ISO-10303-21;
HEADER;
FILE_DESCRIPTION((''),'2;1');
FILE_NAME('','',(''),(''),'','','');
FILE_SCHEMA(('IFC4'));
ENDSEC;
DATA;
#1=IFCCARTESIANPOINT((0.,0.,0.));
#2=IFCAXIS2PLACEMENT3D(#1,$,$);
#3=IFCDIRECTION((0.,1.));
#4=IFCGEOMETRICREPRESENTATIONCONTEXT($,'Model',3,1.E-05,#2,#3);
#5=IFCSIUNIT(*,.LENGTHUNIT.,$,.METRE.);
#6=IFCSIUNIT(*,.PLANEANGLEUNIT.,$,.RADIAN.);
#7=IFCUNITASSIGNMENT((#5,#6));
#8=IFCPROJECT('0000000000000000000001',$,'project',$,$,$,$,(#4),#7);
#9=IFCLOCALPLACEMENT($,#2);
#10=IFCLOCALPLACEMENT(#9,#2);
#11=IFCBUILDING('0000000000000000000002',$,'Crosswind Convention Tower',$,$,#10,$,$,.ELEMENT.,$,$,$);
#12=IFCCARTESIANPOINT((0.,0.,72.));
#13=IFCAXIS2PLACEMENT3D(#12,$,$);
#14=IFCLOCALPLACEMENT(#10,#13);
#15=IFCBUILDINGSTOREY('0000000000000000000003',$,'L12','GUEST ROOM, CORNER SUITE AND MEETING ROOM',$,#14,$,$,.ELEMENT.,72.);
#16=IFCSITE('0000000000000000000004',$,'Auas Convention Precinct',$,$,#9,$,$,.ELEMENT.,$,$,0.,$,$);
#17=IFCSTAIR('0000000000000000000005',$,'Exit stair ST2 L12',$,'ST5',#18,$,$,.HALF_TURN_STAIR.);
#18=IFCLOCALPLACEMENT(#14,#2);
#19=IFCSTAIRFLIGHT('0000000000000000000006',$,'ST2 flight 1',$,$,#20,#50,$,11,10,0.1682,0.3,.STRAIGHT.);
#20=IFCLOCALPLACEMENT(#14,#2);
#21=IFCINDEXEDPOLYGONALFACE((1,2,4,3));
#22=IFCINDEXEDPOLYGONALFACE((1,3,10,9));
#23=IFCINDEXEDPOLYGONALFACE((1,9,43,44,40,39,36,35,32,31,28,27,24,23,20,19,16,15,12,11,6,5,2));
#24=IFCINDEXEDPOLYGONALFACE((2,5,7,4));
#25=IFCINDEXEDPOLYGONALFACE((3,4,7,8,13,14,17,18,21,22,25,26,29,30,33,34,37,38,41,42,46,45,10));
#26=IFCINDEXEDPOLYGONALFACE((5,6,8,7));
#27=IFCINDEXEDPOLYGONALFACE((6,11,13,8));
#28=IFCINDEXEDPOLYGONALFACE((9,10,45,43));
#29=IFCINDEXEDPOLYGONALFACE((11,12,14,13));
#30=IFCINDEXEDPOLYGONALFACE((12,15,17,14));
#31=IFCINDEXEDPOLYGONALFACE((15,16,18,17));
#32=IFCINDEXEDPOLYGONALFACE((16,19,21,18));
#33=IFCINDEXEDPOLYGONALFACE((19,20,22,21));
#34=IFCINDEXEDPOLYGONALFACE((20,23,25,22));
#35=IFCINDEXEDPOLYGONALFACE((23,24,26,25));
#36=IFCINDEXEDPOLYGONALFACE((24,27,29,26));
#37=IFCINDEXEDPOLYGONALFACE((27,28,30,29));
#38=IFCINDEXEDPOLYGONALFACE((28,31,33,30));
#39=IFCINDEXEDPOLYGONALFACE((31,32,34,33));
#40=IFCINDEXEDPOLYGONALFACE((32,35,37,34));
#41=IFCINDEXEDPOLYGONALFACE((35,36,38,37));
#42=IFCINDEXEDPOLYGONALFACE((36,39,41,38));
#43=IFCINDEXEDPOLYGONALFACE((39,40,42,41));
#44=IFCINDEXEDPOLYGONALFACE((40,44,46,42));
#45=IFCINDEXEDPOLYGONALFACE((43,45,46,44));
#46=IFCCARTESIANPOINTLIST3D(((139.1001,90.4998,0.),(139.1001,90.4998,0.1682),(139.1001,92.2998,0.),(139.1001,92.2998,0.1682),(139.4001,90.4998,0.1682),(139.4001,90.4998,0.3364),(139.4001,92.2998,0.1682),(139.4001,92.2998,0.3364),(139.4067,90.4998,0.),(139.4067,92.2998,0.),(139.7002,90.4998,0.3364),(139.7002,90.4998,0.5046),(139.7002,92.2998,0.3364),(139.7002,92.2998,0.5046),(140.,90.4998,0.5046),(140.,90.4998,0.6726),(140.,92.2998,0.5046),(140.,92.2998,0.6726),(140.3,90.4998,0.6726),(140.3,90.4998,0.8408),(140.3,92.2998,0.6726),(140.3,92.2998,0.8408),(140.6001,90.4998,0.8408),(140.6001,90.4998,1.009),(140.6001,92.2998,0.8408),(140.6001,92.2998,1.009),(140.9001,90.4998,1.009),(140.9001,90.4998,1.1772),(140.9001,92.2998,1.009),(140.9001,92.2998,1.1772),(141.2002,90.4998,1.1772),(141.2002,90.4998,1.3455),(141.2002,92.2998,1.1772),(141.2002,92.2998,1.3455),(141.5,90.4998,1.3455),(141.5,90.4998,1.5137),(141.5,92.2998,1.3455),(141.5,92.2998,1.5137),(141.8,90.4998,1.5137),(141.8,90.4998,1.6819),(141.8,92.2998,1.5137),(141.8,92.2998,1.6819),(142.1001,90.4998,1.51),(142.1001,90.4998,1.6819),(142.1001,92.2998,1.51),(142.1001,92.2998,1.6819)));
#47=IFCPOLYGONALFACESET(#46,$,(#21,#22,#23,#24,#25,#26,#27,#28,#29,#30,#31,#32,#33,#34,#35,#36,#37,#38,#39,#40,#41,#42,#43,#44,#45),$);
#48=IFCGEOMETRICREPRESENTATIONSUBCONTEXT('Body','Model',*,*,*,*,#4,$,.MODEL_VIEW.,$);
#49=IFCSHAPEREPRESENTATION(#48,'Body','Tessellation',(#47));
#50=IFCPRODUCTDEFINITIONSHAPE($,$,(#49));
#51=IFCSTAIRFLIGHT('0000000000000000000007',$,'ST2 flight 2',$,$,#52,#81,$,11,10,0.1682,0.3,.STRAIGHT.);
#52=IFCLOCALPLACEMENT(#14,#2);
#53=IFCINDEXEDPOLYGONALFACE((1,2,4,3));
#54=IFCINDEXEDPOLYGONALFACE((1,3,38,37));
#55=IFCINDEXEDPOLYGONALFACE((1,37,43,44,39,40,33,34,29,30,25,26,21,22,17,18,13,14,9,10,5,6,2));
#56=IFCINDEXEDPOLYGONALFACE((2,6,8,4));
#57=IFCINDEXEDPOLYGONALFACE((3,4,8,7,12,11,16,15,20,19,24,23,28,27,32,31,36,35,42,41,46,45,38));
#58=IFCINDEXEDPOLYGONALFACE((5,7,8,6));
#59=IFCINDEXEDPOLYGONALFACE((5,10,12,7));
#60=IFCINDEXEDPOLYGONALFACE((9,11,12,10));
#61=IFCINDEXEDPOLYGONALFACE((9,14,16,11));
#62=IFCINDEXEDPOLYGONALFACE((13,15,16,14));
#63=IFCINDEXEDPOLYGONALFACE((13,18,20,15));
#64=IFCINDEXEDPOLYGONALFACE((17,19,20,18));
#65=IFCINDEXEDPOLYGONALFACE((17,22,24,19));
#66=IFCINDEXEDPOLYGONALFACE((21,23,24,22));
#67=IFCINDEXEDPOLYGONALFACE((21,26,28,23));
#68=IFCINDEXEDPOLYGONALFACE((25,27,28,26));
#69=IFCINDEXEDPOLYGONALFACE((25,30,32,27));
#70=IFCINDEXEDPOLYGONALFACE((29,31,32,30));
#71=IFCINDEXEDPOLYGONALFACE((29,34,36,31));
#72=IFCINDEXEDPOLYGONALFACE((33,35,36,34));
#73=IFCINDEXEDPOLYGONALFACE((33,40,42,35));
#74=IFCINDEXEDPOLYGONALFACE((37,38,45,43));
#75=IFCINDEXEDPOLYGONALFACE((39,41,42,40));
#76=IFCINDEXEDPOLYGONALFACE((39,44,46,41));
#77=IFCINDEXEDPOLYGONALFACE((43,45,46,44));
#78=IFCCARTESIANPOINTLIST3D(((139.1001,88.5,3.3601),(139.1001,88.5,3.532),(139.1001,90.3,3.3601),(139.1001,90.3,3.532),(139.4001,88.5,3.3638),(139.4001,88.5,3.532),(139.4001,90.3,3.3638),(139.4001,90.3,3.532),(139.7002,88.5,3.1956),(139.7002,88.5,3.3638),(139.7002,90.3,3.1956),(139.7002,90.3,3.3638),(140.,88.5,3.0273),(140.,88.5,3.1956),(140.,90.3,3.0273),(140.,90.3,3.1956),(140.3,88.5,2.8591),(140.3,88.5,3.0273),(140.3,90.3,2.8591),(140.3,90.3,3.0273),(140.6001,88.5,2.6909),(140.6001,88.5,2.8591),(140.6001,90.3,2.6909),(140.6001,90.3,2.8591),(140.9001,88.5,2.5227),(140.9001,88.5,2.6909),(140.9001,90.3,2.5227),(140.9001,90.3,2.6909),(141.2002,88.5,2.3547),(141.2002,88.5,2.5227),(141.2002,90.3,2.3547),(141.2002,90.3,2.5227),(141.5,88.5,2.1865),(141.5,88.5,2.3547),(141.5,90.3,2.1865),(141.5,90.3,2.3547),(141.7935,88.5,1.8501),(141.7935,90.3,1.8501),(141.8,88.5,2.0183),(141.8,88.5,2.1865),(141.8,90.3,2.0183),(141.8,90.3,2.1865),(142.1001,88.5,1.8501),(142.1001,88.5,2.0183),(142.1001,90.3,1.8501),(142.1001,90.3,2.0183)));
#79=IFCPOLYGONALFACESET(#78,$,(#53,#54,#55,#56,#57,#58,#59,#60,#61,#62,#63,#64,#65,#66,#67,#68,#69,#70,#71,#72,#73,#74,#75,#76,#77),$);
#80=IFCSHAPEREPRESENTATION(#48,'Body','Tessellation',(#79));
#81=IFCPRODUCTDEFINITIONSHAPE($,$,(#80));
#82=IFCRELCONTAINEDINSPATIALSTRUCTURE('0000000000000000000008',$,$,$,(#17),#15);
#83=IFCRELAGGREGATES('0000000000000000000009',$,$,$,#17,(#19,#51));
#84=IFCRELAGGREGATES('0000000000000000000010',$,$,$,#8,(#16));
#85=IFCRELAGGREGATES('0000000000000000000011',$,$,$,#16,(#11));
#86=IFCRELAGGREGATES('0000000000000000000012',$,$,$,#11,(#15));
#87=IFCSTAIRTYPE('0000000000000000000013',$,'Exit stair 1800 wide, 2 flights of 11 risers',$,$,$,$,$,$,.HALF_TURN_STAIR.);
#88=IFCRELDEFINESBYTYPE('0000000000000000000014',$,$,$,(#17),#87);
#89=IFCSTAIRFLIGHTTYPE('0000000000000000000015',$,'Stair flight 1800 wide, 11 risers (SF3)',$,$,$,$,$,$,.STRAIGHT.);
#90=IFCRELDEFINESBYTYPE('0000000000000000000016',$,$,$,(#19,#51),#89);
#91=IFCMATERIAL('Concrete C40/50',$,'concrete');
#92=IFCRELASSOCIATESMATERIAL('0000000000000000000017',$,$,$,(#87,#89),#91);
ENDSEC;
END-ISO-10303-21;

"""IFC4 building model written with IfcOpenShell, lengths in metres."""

from ifc_helpers import new_model, si_unit, direction, frame, origin, place, context, subcontext, project, spatial, polyline, outline, extrude, material, type_object, element, aggregate, save


model = new_model("IFC4")

# Units and contexts
model_context = context("Model", 3, precision=1e-05, world=origin(), true_north=direction((0.0, 1.0)))
body_context = subcontext(model_context, "Body", "Model", "MODEL_VIEW")
ifc_project = project(units=[si_unit("LENGTHUNIT", "METRE"), si_unit("PLANEANGLEUNIT", "RADIAN")], contexts=[model_context])

# Site, building, storey
site_placement = place(None, origin())
site = spatial("IfcSite", under=ifc_project, at=site_placement, Name="Auas Convention Precinct", CompositionType="ELEMENT", RefElevation=0.0)
building_placement = place(site_placement, origin())
building = spatial("IfcBuilding", under=site, at=building_placement, Name="Crosswind Convention Tower", CompositionType="ELEMENT")
storey_placement = place(building_placement, frame((0.0, 0.0, 72.0)))
storey = spatial("IfcBuildingStorey", under=building, at=storey_placement, Name="L12", Description="GUEST ROOM, CORNER SUITE AND MEETING ROOM", CompositionType="ELEMENT", Elevation=72.0)

# Stair, stair flights
ifc_material_1 = material(Name="Concrete C40/50", Category="concrete")
stair_type = type_object("IfcStairType", Name="Exit stair 1800 wide, 2 flights of 11 risers", PredefinedType="HALF_TURN_STAIR", material=ifc_material_1)
stair_placement = place(storey_placement, origin())
stair = element("IfcStair", 1, at=stair_placement, inside=storey, type_object=stair_type, Name="Exit stair ST2 L12", ObjectType="ST5", PredefinedType="HALF_TURN_STAIR")
stair_flight_type = type_object("IfcStairFlightType", Name="Stair flight 1800 wide, 11 risers (SF3)", PredefinedType="STRAIGHT", material=ifc_material_1)
stair_flight_1_placement = place(storey_placement, frame((139.1001, 91.3999, 0.0), z_axis=(0.0, 0.0, 1.0), x_axis=(1.0, 0.0, 0.0)))
stair_flight_1 = element("IfcStairFlight", 2, at=stair_flight_1_placement, type_object=stair_flight_type, Name="ST2 flight 1", NumberOfRisers=11, NumberOfTreads=10, PredefinedType="STRAIGHT", RiserHeight=0.1682, TreadLength=0.3, context=body_context, shape_type="SweptSolid", body=[
    extrude(outline(polyline([(0.0, 0.0), (0.0, 0.1682), (0.3, 0.1682), (0.3, 0.3364), (0.6001, 0.3364), (0.6001, 0.5046), (0.8999, 0.5046), (0.8999, 0.6726), (1.2, 0.6726), (1.2, 0.8408), (1.5, 0.8408), (1.5, 1.009), (1.8, 1.009), (1.8, 1.1772), (2.1001, 1.1772), (2.1001, 1.3455), (2.3999, 1.3455), (2.3999, 1.5137), (2.7, 1.5137), (2.7, 1.6819), (3.0, 1.6819), (3.0, 1.8501), (3.0, 1.51), (0.3066, 0.0), (0.0, 0.0)])), frame((0.0, 0.8999, 0.0), z_axis=(0.0, -1.0, 0.0), x_axis=(1.0, 0.0, 0.0)), (0.0, 0.0, 1.0), 1.8),
])
stair_flight_2_placement = place(storey_placement, frame((142.1001, 89.3999, 1.8501), z_axis=(0.0, 0.0, 1.0), x_axis=(-1.0, 0.0, 0.0)))
stair_flight_2 = element("IfcStairFlight", 3, at=stair_flight_2_placement, type_object=stair_flight_type, Name="ST2 flight 2", NumberOfRisers=11, NumberOfTreads=10, PredefinedType="STRAIGHT", RiserHeight=0.1682, TreadLength=0.3, context=body_context, shape_type="SweptSolid", body=[
    extrude(outline(polyline([(0.0, 0.0), (0.0, 0.1682), (0.3, 0.1682), (0.3, 0.3364), (0.6001, 0.3364), (0.6001, 0.5046), (0.8999, 0.5046), (0.8999, 0.6726), (1.2, 0.6726), (1.2, 0.8408), (1.5, 0.8408), (1.5, 1.009), (1.8, 1.009), (1.8, 1.1772), (2.1001, 1.1772), (2.1001, 1.3455), (2.3999, 1.3455), (2.3999, 1.5137), (2.7, 1.5137), (2.7, 1.6819), (3.0, 1.6819), (3.0, 1.8501), (3.0, 1.51), (0.3066, 0.0), (0.0, 0.0)])), frame((0.0, 0.8999, 0.0), z_axis=(0.0, -1.0, 0.0), x_axis=(1.0, 0.0, 0.0)), (0.0, 0.0, 1.0), 1.8),
])
aggregate(stair, [stair_flight_1, stair_flight_2])

save(model, "model.ifc")
